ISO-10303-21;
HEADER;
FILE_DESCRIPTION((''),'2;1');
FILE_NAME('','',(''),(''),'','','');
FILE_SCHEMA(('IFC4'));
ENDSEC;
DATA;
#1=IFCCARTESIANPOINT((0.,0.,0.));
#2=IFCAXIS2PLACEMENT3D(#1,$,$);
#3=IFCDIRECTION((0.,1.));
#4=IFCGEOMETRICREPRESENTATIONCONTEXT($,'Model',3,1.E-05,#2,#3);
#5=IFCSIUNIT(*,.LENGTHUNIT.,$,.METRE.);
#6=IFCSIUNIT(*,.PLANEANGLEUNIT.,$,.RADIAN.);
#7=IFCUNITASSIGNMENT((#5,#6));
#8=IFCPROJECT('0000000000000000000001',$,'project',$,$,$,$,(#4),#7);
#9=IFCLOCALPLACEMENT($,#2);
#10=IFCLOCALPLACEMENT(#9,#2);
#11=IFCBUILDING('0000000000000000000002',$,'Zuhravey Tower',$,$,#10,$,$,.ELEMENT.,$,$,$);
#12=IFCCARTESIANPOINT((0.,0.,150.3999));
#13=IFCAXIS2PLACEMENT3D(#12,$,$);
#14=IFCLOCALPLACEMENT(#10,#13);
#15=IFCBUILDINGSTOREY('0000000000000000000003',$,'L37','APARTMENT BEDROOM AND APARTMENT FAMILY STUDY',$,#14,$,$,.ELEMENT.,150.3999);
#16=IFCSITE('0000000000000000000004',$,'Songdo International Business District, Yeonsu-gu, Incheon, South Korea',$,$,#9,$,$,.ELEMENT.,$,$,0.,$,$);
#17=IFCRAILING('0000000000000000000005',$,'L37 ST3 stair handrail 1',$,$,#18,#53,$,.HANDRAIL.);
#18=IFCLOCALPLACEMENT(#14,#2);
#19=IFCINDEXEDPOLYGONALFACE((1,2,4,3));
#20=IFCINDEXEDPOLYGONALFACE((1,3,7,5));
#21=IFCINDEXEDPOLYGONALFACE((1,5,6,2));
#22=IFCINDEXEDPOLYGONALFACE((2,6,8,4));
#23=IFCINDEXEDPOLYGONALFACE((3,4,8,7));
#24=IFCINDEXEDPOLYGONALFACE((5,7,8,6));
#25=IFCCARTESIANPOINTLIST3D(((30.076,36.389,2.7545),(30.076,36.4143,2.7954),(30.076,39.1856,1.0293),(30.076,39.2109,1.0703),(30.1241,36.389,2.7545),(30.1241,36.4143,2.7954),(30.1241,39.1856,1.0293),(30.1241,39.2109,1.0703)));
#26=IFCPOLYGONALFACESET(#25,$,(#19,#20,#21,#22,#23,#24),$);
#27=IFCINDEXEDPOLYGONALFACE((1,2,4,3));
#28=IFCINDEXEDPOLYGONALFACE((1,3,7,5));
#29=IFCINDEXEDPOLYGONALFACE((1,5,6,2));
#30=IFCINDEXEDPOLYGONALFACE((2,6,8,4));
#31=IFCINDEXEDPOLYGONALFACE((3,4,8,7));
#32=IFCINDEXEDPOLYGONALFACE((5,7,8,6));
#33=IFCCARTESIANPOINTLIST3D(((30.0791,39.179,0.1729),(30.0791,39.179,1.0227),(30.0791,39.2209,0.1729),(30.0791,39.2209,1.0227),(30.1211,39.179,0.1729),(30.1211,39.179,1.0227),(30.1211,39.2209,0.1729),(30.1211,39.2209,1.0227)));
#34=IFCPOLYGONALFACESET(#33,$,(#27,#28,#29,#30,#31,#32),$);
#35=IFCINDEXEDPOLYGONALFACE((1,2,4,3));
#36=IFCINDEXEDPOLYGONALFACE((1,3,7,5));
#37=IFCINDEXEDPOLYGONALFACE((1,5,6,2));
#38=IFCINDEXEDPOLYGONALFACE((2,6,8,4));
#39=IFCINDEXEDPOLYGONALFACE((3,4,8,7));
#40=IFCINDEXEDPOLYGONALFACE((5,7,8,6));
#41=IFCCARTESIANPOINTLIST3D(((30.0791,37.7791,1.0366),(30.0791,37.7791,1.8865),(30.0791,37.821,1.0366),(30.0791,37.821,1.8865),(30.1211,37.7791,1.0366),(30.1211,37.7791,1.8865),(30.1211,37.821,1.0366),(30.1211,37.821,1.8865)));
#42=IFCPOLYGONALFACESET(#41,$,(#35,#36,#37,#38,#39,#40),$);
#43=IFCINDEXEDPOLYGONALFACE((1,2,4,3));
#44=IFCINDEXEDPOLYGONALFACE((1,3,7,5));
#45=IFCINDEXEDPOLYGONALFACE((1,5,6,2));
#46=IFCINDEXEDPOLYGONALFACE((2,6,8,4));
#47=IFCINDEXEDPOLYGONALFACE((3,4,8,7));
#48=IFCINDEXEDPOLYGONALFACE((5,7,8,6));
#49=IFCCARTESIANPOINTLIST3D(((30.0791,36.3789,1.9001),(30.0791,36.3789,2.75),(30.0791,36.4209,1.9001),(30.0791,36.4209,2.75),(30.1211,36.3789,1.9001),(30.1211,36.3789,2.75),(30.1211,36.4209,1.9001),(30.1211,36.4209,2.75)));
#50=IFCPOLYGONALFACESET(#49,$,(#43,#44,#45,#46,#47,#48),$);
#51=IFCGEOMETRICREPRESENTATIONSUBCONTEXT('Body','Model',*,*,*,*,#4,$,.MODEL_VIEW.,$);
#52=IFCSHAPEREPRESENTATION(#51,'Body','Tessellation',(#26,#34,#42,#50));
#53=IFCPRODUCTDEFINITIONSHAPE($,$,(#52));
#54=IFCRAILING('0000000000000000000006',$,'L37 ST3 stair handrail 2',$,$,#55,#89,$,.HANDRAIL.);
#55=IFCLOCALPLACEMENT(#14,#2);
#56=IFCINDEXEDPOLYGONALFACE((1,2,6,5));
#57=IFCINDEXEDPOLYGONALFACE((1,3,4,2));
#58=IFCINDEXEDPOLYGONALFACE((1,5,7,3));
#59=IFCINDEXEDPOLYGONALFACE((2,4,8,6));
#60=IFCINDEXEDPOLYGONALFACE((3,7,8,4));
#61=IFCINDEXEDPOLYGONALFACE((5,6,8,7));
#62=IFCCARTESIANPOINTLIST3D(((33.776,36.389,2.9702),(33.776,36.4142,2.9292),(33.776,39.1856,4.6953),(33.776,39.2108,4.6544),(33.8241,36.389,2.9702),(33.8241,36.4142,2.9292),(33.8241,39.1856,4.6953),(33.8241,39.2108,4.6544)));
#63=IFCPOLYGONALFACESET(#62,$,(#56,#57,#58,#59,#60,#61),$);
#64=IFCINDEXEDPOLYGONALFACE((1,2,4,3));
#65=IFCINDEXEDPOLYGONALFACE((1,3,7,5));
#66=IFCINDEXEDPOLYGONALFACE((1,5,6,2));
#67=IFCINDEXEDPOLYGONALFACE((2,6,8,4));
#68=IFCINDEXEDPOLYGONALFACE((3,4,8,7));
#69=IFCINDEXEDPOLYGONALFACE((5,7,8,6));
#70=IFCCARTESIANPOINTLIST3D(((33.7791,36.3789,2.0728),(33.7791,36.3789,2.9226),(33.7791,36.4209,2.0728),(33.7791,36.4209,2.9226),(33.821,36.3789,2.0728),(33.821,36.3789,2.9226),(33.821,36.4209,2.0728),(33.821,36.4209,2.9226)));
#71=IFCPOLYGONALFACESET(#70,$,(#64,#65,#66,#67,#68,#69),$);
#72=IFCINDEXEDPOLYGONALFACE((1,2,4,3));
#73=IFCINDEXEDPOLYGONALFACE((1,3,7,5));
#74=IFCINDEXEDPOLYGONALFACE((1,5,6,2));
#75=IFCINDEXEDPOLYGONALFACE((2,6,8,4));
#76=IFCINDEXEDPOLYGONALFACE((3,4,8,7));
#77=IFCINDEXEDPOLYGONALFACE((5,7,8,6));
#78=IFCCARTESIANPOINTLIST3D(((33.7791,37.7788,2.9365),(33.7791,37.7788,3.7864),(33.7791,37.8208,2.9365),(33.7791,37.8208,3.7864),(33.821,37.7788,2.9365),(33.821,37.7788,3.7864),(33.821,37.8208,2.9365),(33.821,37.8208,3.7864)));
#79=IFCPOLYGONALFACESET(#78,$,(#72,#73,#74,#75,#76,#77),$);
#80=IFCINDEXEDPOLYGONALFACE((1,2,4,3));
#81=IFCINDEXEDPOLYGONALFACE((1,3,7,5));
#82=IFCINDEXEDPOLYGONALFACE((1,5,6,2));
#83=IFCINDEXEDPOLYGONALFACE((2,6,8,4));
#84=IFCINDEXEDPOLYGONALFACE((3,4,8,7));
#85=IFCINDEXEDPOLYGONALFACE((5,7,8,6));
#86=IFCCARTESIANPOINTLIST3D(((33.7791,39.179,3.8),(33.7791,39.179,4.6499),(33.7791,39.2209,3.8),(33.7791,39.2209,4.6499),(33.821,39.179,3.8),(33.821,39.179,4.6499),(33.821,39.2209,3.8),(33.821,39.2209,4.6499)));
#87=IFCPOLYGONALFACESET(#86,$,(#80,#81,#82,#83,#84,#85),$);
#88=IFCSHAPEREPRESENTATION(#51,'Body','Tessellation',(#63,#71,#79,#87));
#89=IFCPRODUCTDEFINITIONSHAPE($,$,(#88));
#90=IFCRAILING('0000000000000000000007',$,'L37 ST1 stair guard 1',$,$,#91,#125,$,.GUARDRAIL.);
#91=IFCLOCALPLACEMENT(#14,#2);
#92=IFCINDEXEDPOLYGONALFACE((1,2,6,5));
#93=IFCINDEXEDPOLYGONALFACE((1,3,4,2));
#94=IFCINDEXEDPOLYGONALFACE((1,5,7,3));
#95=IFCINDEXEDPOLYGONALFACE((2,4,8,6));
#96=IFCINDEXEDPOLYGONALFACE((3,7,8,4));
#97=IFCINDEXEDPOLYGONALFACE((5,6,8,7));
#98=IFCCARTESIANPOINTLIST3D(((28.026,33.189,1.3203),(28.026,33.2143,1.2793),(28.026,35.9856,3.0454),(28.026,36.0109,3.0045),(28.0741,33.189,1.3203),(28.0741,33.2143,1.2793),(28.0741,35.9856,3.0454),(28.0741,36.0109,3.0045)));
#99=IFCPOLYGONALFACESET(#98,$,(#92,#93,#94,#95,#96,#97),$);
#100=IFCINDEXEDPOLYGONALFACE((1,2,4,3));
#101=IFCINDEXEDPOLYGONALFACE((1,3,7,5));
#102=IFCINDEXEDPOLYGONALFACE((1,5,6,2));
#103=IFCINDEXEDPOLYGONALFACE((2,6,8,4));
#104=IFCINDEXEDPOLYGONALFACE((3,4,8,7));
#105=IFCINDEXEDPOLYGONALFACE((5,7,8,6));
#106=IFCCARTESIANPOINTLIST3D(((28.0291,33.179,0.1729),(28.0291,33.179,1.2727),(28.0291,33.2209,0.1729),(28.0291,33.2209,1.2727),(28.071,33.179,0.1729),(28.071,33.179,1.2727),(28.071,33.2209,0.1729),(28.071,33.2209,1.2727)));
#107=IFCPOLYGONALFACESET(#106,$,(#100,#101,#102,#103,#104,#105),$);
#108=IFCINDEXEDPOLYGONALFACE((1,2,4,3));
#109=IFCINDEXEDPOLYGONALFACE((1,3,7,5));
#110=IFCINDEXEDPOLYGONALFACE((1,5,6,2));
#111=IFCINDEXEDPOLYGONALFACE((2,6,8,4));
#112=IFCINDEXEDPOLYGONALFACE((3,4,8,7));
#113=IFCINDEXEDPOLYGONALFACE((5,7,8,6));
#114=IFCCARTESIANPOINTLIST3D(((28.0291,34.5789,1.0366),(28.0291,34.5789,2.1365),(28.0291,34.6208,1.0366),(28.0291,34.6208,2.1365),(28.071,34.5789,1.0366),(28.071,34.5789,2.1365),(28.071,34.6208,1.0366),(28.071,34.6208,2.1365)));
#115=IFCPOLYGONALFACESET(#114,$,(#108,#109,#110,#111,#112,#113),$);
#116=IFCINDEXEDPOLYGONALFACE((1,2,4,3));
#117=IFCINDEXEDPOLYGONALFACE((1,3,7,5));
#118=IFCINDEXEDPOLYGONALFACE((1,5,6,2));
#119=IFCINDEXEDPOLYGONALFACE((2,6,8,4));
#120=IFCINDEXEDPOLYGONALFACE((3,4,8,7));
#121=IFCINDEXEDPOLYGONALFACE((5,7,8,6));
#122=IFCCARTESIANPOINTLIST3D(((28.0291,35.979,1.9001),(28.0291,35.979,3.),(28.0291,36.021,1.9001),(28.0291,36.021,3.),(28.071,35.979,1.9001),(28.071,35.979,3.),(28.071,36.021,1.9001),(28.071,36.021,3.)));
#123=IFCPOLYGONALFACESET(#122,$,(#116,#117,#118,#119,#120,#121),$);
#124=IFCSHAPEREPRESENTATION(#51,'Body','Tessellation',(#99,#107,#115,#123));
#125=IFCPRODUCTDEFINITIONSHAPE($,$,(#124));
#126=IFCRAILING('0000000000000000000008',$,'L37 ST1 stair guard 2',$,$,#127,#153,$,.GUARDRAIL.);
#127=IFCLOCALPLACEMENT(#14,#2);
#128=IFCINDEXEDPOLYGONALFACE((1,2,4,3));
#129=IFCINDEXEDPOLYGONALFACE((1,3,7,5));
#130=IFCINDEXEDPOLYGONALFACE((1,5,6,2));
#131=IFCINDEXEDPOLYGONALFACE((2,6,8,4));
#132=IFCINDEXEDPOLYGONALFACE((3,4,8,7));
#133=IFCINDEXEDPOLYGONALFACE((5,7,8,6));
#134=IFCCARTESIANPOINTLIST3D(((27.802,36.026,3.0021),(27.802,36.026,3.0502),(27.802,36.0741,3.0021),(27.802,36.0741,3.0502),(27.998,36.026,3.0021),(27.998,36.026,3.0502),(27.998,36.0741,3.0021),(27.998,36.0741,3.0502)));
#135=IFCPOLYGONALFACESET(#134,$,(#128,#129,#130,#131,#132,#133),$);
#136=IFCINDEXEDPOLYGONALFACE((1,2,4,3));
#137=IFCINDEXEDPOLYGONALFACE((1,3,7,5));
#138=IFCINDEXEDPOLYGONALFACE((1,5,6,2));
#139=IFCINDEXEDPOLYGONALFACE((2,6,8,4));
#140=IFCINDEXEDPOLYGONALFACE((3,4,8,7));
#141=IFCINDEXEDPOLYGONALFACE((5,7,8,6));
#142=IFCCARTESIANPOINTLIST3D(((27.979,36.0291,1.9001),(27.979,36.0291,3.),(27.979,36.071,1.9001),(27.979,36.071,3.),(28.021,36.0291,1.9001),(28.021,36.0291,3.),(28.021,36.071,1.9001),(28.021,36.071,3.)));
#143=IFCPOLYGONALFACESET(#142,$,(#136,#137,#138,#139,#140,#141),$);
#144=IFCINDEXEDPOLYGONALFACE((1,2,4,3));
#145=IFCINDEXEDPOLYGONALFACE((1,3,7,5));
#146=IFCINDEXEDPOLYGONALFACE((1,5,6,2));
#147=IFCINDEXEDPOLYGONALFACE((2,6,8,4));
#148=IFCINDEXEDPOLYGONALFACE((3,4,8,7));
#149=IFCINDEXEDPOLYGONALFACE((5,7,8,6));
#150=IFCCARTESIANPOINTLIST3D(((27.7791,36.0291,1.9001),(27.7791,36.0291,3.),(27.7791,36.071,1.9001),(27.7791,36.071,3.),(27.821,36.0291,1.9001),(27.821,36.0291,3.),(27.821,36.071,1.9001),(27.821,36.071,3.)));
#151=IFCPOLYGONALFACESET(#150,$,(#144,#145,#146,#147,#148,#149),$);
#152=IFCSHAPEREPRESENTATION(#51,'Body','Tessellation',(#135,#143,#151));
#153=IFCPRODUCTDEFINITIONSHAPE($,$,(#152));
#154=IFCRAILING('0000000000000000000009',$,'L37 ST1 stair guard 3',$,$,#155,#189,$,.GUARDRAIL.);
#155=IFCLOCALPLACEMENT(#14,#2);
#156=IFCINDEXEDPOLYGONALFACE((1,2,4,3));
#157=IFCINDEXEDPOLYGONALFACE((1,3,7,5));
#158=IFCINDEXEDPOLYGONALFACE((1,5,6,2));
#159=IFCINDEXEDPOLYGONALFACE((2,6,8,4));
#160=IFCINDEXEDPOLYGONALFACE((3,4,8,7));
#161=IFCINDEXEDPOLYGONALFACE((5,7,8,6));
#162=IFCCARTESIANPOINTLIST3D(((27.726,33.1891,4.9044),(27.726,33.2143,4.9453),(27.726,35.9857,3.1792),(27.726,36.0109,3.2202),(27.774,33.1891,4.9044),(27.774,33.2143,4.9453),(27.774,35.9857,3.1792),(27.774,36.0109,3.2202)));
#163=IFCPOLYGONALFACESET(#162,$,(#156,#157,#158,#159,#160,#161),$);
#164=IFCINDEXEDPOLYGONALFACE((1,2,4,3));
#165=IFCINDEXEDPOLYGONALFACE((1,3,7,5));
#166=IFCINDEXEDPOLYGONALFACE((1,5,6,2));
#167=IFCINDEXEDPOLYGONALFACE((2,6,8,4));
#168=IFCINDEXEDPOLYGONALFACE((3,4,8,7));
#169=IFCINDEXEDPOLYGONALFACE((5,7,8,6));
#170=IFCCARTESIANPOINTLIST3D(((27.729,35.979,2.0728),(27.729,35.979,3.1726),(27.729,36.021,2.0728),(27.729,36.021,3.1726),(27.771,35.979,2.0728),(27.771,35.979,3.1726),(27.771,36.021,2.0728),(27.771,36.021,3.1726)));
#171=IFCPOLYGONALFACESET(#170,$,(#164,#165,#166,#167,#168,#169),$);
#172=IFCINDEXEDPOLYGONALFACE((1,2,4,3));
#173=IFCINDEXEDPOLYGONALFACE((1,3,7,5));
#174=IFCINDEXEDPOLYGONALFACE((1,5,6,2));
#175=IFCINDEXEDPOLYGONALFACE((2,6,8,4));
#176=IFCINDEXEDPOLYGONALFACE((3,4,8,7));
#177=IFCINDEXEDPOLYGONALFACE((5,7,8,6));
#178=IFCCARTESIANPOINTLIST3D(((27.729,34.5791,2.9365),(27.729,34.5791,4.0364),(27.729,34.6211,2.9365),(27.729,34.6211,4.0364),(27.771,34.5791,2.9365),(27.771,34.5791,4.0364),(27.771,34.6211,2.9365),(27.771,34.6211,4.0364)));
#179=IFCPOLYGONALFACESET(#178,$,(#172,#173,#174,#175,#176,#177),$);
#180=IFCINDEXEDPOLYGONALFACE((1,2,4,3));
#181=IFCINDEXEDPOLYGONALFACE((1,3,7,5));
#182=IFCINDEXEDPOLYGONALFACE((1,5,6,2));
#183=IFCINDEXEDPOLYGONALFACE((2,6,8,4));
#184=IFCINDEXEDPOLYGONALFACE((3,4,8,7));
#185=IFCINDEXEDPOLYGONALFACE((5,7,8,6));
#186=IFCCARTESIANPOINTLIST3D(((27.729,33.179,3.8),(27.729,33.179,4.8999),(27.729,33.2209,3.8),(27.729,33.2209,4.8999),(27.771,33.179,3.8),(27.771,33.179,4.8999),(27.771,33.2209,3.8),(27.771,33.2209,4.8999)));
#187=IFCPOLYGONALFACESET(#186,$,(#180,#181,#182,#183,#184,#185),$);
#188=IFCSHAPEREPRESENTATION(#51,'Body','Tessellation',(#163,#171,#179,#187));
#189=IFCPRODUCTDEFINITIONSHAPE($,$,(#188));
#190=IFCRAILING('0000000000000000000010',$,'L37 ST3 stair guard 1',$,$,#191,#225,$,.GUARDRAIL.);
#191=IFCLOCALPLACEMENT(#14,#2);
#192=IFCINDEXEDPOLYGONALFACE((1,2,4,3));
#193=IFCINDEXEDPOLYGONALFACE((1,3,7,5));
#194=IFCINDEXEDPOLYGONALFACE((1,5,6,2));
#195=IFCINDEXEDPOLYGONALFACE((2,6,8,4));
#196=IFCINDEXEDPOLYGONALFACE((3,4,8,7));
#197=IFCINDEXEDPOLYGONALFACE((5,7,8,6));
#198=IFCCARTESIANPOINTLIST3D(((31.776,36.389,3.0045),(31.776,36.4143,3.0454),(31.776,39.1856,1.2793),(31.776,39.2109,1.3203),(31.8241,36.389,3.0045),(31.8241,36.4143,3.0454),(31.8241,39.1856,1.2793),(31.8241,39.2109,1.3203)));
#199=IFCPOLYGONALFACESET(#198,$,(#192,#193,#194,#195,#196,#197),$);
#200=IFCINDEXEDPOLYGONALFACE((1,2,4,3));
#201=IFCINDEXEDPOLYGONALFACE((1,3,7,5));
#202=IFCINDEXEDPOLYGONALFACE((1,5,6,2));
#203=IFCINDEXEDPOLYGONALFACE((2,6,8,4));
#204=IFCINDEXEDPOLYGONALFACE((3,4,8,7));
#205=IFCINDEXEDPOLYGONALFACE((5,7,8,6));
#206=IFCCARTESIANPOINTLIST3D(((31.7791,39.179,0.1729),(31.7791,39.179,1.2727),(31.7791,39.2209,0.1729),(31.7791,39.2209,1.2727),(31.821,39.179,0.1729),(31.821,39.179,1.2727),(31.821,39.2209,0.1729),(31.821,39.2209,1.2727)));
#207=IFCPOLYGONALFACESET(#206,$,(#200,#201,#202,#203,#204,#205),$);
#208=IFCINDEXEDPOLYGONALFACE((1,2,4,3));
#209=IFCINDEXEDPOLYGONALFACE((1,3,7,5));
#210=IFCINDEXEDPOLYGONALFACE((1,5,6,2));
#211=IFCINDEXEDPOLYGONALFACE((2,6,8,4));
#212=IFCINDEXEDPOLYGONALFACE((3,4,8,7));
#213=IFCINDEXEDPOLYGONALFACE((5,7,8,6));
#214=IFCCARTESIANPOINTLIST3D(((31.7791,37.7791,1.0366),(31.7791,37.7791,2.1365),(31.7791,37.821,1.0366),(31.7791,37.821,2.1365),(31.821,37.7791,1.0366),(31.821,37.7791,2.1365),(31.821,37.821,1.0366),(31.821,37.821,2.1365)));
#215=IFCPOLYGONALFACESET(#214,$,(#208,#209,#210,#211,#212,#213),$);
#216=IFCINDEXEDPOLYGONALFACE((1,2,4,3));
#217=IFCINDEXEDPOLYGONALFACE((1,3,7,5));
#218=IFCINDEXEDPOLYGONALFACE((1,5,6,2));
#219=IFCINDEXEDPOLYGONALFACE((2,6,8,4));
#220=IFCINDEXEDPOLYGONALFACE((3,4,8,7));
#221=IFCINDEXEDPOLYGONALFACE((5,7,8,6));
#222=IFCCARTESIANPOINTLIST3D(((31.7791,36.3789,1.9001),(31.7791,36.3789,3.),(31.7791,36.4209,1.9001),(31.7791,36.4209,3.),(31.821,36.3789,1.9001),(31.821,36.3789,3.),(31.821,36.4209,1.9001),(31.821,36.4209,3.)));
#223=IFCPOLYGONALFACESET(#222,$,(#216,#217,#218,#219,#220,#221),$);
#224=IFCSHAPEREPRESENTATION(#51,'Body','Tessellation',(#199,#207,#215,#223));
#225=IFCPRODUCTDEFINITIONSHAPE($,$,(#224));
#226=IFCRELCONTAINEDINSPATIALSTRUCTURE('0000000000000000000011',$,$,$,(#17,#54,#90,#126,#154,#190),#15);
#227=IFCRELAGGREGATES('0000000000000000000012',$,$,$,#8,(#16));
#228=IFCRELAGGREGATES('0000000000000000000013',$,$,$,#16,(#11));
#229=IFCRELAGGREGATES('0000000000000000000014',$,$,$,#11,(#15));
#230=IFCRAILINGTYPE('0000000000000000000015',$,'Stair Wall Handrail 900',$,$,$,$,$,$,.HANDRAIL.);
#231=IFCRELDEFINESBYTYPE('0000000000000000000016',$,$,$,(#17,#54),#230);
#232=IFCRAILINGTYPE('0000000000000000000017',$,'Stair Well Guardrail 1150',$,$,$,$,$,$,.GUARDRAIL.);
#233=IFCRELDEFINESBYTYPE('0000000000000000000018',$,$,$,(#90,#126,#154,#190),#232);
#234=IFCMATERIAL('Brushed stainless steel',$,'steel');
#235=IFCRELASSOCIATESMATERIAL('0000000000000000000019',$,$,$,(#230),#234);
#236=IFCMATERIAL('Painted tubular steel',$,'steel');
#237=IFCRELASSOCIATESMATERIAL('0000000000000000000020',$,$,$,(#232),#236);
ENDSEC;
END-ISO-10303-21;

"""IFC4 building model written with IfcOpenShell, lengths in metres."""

from ifc_helpers import new_model, si_unit, direction, frame, origin, origin_2d, place, context, subcontext, project, spatial, rectangle, extrude, material, type_object, element, save


model = new_model("IFC4")

# Units and contexts
model_context = context("Model", 3, precision=1e-05, world=origin(), true_north=direction((0.0, 1.0)))
body_context = subcontext(model_context, "Body", "Model", "MODEL_VIEW")
ifc_project = project(units=[si_unit("LENGTHUNIT", "METRE"), si_unit("PLANEANGLEUNIT", "RADIAN")], contexts=[model_context])

# Site, building, storey
site_placement = place(None, origin())
site = spatial("IfcSite", under=ifc_project, at=site_placement, Name="Songdo International Business District, Yeonsu-gu, Incheon, South Korea", CompositionType="ELEMENT", RefElevation=0.0)
building_placement = place(site_placement, origin())
building = spatial("IfcBuilding", under=site, at=building_placement, Name="Zuhravey Tower", CompositionType="ELEMENT")
storey_placement = place(building_placement, frame((0.0, 0.0, 150.3999)))
storey = spatial("IfcBuildingStorey", under=building, at=storey_placement, Name="L37", Description="APARTMENT BEDROOM AND APARTMENT FAMILY STUDY", CompositionType="ELEMENT", Elevation=150.3999)

# Railings
ifc_material_1 = material(Name="Brushed stainless steel", Category="steel")
railing_type_1 = type_object("IfcRailingType", Name="Stair Wall Handrail 900", PredefinedType="HANDRAIL", material=ifc_material_1)
for number, where, name in (
    (1, (30.1001, 39.2, 0.1729), "L37 ST3 stair handrail 1"),
):
    element("IfcRailing", number, at=place(storey_placement, frame(where)), inside=storey, type_object=railing_type_1, Name=name, PredefinedType="HANDRAIL", context=body_context, shape_type="SweptSolid", body=[
        extrude(rectangle(XDim=0.0481, YDim=0.0481, at=origin_2d()), frame((0.0, -0.0017, 0.877), z_axis=(0.0, -0.85109, 0.52502), x_axis=(1.0, 0.0, 0.0)), (0.0, 0.0, 1.0), 3.2859),
        extrude(rectangle(XDim=0.042, YDim=0.042, at=origin_2d()), origin(), (0.0, 0.0, 1.0), 0.8499),
        extrude(rectangle(XDim=0.042, YDim=0.042, at=origin_2d()), frame((0.0, -1.3999, 0.8638)), (0.0, 0.0, 1.0), 0.8499),
        extrude(rectangle(XDim=0.042, YDim=0.042, at=origin_2d()), frame((0.0, -2.8, 1.7273)), (0.0, 0.0, 1.0), 0.8499),
    ])
railing_1_placement = place(storey_placement, frame((33.8, 36.3999, 2.0728)))
element("IfcRailing", 2, at=railing_1_placement, inside=storey, type_object=railing_type_1, Name="L37 ST3 stair handrail 2", PredefinedType="HANDRAIL", context=body_context, shape_type="SweptSolid", body=[
    extrude(rectangle(XDim=0.0481, YDim=0.0481, at=origin_2d()), frame((0.0, 0.0017, 0.877), z_axis=(0.0, 0.85109, 0.52502), x_axis=(-1.0, 0.0, 0.0)), (0.0, 0.0, 1.0), 3.2859),
    extrude(rectangle(XDim=0.042, YDim=0.042, at=origin_2d()), origin(), (0.0, 0.0, 1.0), 0.8499),
    extrude(rectangle(XDim=0.042, YDim=0.042, at=origin_2d()), frame((0.0, 1.3999, 0.8638)), (0.0, 0.0, 1.0), 0.8499),
    extrude(rectangle(XDim=0.042, YDim=0.042, at=origin_2d()), frame((0.0, 2.8, 1.7273)), (0.0, 0.0, 1.0), 0.8499),
])
ifc_material_2 = material(Name="Painted tubular steel", Category="steel")
railing_type_2 = type_object("IfcRailingType", Name="Stair Well Guardrail 1150", PredefinedType="GUARDRAIL", material=ifc_material_2)
railing_2_placement = place(storey_placement, frame((28.05, 33.2, 0.1729)))
element("IfcRailing", 3, at=railing_2_placement, inside=storey, type_object=railing_type_2, Name="L37 ST1 stair guard 1", PredefinedType="GUARDRAIL", context=body_context, shape_type="SweptSolid", body=[
    extrude(rectangle(XDim=0.0481, YDim=0.0481, at=origin_2d()), frame((0.0, 0.0017, 1.127), z_axis=(0.0, 0.85109, 0.52502), x_axis=(-1.0, 0.0, 0.0)), (0.0, 0.0, 1.0), 3.2859),
    extrude(rectangle(XDim=0.042, YDim=0.042, at=origin_2d()), origin(), (0.0, 0.0, 1.0), 1.0999),
    extrude(rectangle(XDim=0.042, YDim=0.042, at=origin_2d()), frame((0.0, 1.3999, 0.8638)), (0.0, 0.0, 1.0), 1.0999),
    extrude(rectangle(XDim=0.042, YDim=0.042, at=origin_2d()), frame((0.0, 2.8, 1.7273)), (0.0, 0.0, 1.0), 1.0999),
])
railing_3_placement = place(storey_placement, frame((28.0, 36.05, 1.9001)))
element("IfcRailing", 4, at=railing_3_placement, inside=storey, type_object=railing_type_2, Name="L37 ST1 stair guard 2", PredefinedType="GUARDRAIL", context=body_context, shape_type="SweptSolid", body=[
    extrude(rectangle(XDim=0.0481, YDim=0.0481, at=origin_2d()), frame((-0.002, 0.0, 1.126), z_axis=(-1.0, 0.0, 0.0), x_axis=(0.0, -1.0, 0.0)), (0.0, 0.0, 1.0), 0.196),
    extrude(rectangle(XDim=0.042, YDim=0.042, at=origin_2d()), origin(), (0.0, 0.0, 1.0), 1.0999),
    extrude(rectangle(XDim=0.042, YDim=0.042, at=origin_2d()), frame((-0.2, 0.0, 0.0)), (0.0, 0.0, 1.0), 1.0999),
])
for number, where, name in (
    (5, (27.75, 36.0, 2.0728), "L37 ST1 stair guard 3"),
    (6, (31.8, 39.2, 0.1729), "L37 ST3 stair guard 1"),
):
    element("IfcRailing", number, at=place(storey_placement, frame(where)), inside=storey, type_object=railing_type_2, Name=name, PredefinedType="GUARDRAIL", context=body_context, shape_type="SweptSolid", body=[
        extrude(rectangle(XDim=0.0481, YDim=0.0481, at=origin_2d()), frame((0.0, -0.0017, 1.127), z_axis=(0.0, -0.85109, 0.52502), x_axis=(1.0, 0.0, 0.0)), (0.0, 0.0, 1.0), 3.2859),
        extrude(rectangle(XDim=0.042, YDim=0.042, at=origin_2d()), origin(), (0.0, 0.0, 1.0), 1.0999),
        extrude(rectangle(XDim=0.042, YDim=0.042, at=origin_2d()), frame((0.0, -1.3999, 0.8638)), (0.0, 0.0, 1.0), 1.0999),
        extrude(rectangle(XDim=0.042, YDim=0.042, at=origin_2d()), frame((0.0, -2.8, 1.7273)), (0.0, 0.0, 1.0), 1.0999),
    ])

save(model, "model.ifc")
